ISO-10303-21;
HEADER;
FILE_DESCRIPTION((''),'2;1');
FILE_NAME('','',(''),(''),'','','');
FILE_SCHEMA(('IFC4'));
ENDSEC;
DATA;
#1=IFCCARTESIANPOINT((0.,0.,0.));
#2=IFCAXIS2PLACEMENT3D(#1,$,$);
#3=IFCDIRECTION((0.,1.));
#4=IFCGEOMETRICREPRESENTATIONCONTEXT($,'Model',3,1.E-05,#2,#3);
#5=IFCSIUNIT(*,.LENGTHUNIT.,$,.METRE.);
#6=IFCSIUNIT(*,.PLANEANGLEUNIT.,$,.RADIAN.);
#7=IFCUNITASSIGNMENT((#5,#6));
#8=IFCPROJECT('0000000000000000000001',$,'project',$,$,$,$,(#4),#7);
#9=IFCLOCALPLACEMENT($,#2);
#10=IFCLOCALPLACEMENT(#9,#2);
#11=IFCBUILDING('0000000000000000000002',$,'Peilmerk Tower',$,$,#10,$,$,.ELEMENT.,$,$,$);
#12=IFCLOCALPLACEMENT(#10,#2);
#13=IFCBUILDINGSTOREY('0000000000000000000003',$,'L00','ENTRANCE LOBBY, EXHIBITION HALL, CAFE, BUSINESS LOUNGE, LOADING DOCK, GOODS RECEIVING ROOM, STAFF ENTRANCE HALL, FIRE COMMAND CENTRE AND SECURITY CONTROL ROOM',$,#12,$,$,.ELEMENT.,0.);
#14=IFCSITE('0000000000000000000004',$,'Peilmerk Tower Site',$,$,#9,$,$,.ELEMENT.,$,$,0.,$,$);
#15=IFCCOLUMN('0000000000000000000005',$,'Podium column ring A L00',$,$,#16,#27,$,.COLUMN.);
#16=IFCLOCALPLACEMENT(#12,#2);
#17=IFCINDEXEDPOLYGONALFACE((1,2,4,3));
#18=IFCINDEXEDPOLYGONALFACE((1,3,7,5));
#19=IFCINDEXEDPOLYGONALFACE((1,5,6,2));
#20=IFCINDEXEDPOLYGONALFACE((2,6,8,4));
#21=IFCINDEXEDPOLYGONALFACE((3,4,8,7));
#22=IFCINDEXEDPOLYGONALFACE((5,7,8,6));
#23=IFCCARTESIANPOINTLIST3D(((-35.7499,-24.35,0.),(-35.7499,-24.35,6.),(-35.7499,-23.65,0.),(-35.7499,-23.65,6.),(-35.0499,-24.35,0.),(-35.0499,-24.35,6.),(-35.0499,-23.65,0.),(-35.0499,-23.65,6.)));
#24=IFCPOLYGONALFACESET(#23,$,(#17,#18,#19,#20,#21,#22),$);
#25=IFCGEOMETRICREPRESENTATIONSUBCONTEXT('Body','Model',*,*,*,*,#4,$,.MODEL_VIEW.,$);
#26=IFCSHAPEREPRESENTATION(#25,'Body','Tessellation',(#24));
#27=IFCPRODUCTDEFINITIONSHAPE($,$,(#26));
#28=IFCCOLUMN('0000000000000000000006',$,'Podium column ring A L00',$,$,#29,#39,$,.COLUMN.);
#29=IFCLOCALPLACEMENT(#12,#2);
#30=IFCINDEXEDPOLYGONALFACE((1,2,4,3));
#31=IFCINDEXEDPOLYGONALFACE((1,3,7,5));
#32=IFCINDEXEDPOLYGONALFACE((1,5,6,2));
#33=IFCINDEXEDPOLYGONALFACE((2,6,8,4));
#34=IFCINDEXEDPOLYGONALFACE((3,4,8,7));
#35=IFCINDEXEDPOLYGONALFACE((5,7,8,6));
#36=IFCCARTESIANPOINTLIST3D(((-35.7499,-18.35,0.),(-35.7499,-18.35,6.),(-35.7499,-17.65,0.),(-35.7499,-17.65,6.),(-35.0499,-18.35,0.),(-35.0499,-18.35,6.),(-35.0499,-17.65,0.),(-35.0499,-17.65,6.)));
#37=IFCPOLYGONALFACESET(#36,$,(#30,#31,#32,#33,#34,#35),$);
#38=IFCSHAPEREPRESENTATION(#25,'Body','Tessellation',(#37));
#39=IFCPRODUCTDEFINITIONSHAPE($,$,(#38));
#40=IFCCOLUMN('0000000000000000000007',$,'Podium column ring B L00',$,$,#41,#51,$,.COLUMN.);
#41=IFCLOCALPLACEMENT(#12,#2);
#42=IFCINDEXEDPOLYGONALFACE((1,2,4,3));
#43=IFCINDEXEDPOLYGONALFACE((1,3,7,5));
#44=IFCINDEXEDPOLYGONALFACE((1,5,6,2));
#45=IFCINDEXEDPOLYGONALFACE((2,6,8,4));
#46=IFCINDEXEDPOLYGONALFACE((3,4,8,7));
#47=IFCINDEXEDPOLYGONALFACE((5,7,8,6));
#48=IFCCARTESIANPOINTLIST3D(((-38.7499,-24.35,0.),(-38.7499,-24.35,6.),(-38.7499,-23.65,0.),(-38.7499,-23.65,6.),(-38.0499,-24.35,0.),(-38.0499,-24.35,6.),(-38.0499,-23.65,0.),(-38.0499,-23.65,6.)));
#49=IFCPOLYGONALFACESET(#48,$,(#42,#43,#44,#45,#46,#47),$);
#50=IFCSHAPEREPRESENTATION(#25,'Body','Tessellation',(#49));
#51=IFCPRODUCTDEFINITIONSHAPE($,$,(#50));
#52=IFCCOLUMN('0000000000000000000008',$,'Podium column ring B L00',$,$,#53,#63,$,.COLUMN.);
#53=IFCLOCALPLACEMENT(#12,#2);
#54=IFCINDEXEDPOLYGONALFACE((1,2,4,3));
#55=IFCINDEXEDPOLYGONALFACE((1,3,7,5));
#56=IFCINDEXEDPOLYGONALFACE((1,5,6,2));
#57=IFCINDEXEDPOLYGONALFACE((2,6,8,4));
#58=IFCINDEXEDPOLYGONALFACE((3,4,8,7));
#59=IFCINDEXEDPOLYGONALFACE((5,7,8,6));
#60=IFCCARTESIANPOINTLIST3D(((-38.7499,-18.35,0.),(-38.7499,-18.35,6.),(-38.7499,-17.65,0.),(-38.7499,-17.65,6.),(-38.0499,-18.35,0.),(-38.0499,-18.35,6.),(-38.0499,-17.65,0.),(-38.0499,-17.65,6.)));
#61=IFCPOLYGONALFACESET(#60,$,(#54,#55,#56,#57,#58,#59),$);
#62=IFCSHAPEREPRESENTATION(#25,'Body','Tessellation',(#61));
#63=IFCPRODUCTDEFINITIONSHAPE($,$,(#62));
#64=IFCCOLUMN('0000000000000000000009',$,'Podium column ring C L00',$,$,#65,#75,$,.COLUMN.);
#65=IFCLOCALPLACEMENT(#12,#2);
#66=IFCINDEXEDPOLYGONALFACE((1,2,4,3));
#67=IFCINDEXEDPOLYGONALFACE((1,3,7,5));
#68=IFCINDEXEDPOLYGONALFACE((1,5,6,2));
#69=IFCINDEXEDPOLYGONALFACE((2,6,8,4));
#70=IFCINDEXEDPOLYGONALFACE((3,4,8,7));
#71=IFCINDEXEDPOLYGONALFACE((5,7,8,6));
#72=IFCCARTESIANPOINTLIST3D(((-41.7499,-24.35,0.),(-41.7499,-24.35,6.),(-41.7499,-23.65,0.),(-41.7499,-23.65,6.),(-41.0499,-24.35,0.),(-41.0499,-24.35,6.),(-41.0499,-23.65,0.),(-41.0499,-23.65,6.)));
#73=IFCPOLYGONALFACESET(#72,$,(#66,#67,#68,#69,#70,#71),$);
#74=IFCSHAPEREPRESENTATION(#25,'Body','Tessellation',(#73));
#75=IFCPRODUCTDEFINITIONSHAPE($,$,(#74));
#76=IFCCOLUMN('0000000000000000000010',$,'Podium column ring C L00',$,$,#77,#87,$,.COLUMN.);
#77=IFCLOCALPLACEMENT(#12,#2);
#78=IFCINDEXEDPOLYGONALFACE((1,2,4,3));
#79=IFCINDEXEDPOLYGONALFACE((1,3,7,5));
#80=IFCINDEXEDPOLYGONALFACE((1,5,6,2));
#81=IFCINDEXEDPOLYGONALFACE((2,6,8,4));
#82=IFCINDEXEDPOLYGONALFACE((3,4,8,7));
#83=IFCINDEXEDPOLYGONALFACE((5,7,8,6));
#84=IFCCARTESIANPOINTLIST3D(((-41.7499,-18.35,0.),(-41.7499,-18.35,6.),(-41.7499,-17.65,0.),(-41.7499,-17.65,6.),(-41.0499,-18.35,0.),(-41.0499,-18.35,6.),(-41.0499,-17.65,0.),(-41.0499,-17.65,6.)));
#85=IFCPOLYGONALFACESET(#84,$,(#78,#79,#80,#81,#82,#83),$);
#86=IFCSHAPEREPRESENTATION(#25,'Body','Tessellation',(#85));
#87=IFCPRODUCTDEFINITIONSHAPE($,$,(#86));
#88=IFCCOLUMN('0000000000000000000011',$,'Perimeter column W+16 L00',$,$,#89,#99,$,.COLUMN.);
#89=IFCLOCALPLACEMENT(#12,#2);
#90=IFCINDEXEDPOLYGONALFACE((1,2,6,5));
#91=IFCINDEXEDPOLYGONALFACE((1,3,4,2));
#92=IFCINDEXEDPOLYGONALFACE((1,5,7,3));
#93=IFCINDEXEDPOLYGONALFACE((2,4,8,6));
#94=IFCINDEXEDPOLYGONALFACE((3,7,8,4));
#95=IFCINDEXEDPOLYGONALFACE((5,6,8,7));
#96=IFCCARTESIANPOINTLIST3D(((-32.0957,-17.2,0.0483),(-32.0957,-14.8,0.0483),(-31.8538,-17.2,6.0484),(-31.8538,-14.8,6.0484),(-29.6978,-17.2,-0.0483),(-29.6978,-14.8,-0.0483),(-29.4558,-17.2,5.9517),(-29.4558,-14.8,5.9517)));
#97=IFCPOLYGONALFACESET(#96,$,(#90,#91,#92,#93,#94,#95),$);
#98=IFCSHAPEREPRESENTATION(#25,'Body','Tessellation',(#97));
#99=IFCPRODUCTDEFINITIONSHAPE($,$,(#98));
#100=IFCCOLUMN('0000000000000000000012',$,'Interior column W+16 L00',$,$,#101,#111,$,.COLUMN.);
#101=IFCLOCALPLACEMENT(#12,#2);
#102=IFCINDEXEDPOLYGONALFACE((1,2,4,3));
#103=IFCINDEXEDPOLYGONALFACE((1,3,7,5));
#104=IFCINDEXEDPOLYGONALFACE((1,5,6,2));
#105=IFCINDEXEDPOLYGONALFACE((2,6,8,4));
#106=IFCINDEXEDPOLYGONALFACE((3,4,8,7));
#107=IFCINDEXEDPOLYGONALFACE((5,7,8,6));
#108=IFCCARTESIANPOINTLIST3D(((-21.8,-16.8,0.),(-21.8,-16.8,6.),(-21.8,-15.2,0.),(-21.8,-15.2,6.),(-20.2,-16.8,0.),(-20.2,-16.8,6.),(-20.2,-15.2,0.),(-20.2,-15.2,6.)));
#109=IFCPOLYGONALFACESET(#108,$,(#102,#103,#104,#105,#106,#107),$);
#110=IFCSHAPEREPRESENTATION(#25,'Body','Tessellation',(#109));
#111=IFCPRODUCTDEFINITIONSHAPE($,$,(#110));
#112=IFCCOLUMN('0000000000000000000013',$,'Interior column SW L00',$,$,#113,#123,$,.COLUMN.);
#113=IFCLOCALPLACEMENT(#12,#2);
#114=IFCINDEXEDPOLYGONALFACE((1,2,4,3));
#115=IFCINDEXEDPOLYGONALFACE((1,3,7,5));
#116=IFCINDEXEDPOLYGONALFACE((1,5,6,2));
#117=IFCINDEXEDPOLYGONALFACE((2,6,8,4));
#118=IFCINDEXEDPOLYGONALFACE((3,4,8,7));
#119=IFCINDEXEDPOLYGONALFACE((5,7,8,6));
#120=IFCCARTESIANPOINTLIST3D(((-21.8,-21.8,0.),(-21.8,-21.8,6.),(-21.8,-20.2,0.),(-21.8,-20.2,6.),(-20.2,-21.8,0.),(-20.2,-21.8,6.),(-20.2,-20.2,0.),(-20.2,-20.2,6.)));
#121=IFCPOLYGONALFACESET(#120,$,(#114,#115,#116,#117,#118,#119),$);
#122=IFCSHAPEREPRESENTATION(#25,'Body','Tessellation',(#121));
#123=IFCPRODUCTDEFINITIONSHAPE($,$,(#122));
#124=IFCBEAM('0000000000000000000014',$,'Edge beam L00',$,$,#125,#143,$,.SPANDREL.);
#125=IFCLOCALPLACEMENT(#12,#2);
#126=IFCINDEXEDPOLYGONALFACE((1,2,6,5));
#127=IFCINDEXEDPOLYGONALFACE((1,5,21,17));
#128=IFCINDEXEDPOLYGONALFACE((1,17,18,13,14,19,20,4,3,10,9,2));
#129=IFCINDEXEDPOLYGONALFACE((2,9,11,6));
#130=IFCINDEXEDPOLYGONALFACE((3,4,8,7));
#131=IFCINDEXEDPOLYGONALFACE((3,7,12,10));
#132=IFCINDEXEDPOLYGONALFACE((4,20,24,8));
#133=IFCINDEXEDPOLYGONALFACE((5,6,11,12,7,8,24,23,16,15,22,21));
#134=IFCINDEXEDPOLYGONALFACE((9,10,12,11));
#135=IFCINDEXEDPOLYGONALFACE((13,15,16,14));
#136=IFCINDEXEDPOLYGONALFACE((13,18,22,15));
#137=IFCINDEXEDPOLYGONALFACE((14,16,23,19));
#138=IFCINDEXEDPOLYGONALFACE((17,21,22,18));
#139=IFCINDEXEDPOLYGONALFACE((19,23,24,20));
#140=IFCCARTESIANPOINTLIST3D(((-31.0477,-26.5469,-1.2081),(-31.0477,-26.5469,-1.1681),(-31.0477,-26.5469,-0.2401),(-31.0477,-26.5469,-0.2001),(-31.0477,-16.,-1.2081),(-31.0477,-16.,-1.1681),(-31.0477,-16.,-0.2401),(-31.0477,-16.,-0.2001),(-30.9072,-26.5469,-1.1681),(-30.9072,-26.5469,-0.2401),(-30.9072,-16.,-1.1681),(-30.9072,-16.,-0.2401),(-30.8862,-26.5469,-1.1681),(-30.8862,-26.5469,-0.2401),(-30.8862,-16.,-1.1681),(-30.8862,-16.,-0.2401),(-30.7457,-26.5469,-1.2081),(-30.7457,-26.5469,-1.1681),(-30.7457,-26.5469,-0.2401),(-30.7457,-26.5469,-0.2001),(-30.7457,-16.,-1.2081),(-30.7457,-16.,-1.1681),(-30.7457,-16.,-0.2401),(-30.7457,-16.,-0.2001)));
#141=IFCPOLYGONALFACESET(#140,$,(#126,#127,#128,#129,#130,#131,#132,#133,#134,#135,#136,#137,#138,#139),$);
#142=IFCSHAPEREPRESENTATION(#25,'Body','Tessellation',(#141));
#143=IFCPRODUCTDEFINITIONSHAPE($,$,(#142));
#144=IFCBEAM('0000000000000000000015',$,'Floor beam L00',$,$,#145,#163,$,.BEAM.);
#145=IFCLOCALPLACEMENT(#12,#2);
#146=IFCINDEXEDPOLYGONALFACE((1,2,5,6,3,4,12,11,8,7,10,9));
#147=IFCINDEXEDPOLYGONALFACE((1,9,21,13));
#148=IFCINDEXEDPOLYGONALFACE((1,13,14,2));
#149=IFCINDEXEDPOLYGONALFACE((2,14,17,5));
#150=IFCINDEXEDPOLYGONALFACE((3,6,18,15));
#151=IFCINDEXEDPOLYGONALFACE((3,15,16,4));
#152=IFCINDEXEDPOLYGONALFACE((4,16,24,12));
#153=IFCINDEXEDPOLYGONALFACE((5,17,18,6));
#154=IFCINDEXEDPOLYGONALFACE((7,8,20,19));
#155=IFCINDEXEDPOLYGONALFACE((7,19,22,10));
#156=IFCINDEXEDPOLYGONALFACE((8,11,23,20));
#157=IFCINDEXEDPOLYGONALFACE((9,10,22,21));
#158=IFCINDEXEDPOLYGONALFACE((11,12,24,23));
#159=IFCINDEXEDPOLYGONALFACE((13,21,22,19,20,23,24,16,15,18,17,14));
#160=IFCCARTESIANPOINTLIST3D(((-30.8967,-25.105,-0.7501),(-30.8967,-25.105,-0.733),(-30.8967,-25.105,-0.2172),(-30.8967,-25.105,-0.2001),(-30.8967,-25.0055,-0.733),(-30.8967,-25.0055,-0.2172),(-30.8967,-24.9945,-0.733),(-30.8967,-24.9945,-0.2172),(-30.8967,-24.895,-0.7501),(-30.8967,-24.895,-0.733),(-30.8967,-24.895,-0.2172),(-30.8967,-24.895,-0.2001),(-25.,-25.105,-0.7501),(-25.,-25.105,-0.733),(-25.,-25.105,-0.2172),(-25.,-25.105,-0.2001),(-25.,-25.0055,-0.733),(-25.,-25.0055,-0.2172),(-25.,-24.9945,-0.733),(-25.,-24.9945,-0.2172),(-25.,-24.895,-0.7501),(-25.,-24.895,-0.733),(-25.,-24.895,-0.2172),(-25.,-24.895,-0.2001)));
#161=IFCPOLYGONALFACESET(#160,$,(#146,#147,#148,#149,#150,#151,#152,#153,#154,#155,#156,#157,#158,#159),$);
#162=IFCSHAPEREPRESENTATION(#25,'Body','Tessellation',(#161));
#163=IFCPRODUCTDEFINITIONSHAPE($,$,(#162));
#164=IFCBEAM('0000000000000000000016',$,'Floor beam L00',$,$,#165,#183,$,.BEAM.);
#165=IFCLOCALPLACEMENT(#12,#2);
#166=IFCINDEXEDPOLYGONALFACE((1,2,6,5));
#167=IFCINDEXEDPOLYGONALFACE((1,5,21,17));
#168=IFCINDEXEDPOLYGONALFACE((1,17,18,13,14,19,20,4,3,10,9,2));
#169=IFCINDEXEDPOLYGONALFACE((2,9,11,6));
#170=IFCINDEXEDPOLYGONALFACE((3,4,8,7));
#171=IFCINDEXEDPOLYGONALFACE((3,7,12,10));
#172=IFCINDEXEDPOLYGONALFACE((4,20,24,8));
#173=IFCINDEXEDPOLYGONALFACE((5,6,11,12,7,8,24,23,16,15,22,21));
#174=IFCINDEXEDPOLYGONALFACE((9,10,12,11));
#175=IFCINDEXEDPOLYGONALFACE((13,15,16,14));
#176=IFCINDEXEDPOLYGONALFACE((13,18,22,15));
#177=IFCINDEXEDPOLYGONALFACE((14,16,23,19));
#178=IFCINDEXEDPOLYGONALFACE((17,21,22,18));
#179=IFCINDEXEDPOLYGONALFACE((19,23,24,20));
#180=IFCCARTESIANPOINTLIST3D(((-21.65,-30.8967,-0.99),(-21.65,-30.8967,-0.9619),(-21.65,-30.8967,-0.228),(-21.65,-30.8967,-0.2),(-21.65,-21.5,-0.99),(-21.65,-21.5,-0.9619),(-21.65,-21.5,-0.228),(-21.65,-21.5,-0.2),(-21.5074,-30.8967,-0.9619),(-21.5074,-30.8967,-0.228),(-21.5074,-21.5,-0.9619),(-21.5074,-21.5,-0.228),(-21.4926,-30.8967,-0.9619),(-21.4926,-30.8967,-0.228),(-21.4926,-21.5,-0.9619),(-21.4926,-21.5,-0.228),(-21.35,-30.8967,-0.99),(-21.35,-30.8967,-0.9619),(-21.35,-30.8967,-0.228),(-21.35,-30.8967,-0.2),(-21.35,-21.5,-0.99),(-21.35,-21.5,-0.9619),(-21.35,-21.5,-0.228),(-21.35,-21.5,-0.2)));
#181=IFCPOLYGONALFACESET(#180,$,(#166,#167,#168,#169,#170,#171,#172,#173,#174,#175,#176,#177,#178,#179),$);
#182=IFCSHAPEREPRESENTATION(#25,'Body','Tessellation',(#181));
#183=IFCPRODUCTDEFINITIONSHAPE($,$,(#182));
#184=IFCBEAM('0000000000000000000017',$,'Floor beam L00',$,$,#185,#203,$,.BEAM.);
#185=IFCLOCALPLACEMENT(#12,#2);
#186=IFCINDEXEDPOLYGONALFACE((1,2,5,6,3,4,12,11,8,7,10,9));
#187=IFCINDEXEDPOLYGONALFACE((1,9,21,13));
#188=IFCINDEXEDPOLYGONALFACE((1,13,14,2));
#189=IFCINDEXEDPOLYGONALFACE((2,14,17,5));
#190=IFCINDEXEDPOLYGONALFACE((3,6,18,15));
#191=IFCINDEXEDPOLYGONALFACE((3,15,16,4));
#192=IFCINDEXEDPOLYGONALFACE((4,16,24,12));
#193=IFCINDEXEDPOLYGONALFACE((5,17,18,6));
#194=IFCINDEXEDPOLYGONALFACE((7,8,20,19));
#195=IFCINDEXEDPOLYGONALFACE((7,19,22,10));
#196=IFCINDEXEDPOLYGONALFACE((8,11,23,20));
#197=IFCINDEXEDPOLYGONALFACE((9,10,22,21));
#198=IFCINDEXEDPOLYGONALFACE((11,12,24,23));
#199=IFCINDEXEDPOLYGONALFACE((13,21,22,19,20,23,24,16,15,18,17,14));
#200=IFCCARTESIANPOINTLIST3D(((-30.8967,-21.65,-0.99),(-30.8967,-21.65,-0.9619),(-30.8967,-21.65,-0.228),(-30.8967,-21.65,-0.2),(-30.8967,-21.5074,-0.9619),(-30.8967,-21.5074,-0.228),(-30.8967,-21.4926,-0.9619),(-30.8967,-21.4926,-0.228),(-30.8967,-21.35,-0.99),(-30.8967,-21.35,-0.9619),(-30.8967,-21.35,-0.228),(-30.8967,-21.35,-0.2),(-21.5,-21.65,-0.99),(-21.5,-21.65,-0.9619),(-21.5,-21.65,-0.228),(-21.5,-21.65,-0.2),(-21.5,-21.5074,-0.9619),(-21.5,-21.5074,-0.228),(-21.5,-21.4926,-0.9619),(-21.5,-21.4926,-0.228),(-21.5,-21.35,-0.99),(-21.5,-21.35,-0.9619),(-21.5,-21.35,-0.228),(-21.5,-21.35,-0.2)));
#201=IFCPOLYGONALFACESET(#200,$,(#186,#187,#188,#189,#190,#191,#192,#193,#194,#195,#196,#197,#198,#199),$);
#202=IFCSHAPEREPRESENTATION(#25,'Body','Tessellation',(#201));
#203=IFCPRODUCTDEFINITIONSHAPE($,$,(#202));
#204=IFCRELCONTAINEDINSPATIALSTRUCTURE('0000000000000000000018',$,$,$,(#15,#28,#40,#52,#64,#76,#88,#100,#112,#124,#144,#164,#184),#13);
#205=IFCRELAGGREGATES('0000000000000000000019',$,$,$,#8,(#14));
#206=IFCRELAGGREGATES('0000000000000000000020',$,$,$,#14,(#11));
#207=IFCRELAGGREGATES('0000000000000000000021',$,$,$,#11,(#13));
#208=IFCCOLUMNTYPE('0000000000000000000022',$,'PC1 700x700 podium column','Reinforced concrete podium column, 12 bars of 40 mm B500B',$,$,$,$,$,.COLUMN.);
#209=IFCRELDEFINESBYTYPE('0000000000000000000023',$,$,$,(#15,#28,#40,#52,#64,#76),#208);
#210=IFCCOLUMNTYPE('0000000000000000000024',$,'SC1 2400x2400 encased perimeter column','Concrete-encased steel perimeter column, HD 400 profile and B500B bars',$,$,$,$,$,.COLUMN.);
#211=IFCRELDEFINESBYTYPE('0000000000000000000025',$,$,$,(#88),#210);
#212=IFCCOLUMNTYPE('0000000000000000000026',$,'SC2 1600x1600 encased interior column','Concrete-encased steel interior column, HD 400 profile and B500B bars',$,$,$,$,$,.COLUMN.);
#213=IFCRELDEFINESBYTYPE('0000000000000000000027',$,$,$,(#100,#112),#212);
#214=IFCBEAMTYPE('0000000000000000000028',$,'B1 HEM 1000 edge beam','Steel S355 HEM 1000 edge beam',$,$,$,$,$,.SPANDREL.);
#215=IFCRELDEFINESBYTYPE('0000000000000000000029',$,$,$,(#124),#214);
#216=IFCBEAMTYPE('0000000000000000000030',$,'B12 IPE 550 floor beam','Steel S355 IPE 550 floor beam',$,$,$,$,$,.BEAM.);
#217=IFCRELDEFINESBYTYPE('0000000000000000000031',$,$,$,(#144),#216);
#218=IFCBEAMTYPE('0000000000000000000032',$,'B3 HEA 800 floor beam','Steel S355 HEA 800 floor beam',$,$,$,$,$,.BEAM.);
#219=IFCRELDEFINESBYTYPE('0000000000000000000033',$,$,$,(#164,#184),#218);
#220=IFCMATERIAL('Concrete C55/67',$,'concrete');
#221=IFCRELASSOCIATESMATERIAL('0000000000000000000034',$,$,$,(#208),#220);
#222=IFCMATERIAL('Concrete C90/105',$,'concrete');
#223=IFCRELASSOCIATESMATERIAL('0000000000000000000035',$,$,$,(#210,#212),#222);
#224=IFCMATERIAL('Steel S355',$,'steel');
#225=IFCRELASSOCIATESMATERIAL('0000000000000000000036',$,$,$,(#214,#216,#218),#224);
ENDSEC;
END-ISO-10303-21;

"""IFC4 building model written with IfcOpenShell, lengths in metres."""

from ifc_helpers import new_model, si_unit, direction, frame, origin, origin_2d, place, context, subcontext, project, spatial, rectangle, i_section, extrude, material, material_profile, profile_set, type_object, element, save


model = new_model("IFC4")

# Units and contexts
model_context = context("Model", 3, precision=1e-05, world=origin(), true_north=direction((0.0, 1.0)))
body_context = subcontext(model_context, "Body", "Model", "MODEL_VIEW")
ifc_project = project(units=[si_unit("LENGTHUNIT", "METRE"), si_unit("PLANEANGLEUNIT", "RADIAN")], contexts=[model_context])

# Site, building, storey
site_placement = place(None, origin())
site = spatial("IfcSite", under=ifc_project, at=site_placement, Name="Peilmerk Tower Site", CompositionType="ELEMENT", RefElevation=0.0)
building_placement = place(site_placement, origin())
building = spatial("IfcBuilding", under=site, at=building_placement, Name="Peilmerk Tower", CompositionType="ELEMENT")
storey_placement = place(building_placement, origin())
storey = spatial("IfcBuildingStorey", under=building, at=storey_placement, Name="L00", Description="ENTRANCE LOBBY, EXHIBITION HALL, CAFE, BUSINESS LOUNGE, LOADING DOCK, GOODS RECEIVING ROOM, STAFF ENTRANCE HALL, FIRE COMMAND CENTRE AND SECURITY CONTROL ROOM", CompositionType="ELEMENT", Elevation=0.0)

# Columns
ifc_material_1 = material(Name="Concrete C55/67", Category="concrete")
ifc_material_profile_1 = material_profile(ifc_material_1, rectangle(XDim=0.7, YDim=0.7, at=origin_2d()), Name="RC 700x700")
ifc_profile_set_1 = profile_set([ifc_material_profile_1], Name="Concrete C55/67")
column_type_1 = type_object("IfcColumnType", Name="PC1 700x700 podium column", Description="Reinforced concrete podium column, 12 bars of 40 mm B500B", PredefinedType="COLUMN", material=ifc_profile_set_1)
for number, where, z_axis, x_axis, name in (
    (1, (-35.3999, -24.0, 0.0), (0.0, 0.0, 1.0), (1.0, 0.0, 0.0), "Podium column ring A L00"),
    (2, (-35.3999, -18.0, 0.0), (0.0, 0.0, 1.0), (1.0, 0.0, 0.0), "Podium column ring A L00"),
    (3, (-38.3999, -24.0, 0.0), (0.0, 0.0, 1.0), (1.0, 0.0, 0.0), "Podium column ring B L00"),
    (4, (-38.3999, -18.0, 0.0), (0.0, 0.0, 1.0), (1.0, 0.0, 0.0), "Podium column ring B L00"),
    (5, (-41.3999, -24.0, 0.0), (0.0, 0.0, 1.0), (1.0, 0.0, 0.0), "Podium column ring C L00"),
    (6, (-41.3999, -18.0, 0.0), (0.0, 0.0, 1.0), (1.0, 0.0, 0.0), "Podium column ring C L00"),
):
    element("IfcColumn", number, at=place(storey_placement, frame(where, z_axis=z_axis, x_axis=x_axis)), inside=storey, type_object=column_type_1, Name=name, PredefinedType="COLUMN", context=body_context, shape_type="SweptSolid", body=[
        extrude(rectangle(XDim=0.7, YDim=0.7, at=origin_2d()), origin(), (0.0, 0.0, 1.0), 6.0),
    ])
ifc_material_2 = material(Name="Concrete C90/105", Category="concrete")
ifc_material_profile_2 = material_profile(ifc_material_2, rectangle(XDim=2.3999, YDim=2.3999, at=origin_2d()), Name="RC 2400x2400")
ifc_profile_set_2 = profile_set([ifc_material_profile_2], Name="Concrete C90/105")
column_type_2 = type_object("IfcColumnType", Name="SC1 2400x2400 encased perimeter column", Description="Concrete-encased steel perimeter column, HD 400 profile and B500B bars", PredefinedType="COLUMN", material=ifc_profile_set_2)
column_placement = place(storey_placement, frame((-30.8967, -16.0, 0.0), z_axis=(0.040291, 0.0, 0.999188), x_axis=(0.0, 1.0, 0.0)))
element("IfcColumn", 7, at=column_placement, inside=storey, type_object=column_type_2, Name="Perimeter column W+16 L00", PredefinedType="COLUMN", context=body_context, shape_type="SweptSolid", body=[
    extrude(rectangle(XDim=2.3999, YDim=2.3999, at=origin_2d()), origin(), (0.0, 0.0, 1.0), 6.0049),
])
ifc_material_profile_3 = material_profile(ifc_material_2, rectangle(XDim=1.6001, YDim=1.6001, at=origin_2d()), Name="RC 1600x1600")
ifc_profile_set_3 = profile_set([ifc_material_profile_3], Name="Concrete C90/105")
column_type_3 = type_object("IfcColumnType", Name="SC2 1600x1600 encased interior column", Description="Concrete-encased steel interior column, HD 400 profile and B500B bars", PredefinedType="COLUMN", material=ifc_profile_set_3)
for number, where, z_axis, x_axis, name in (
    (8, (-21.0, -16.0, 0.0), (0.0, 0.0, 1.0), (1.0, 0.0, 0.0), "Interior column W+16 L00"),
    (9, (-21.0, -21.0, 0.0), (0.0, 0.0, 1.0), (1.0, 0.0, 0.0), "Interior column SW L00"),
):
    element("IfcColumn", number, at=place(storey_placement, frame(where, z_axis=z_axis, x_axis=x_axis)), inside=storey, type_object=column_type_3, Name=name, PredefinedType="COLUMN", context=body_context, shape_type="SweptSolid", body=[
        extrude(rectangle(XDim=1.6001, YDim=1.6001, at=origin_2d()), origin(), (0.0, 0.0, 1.0), 6.0),
    ])

# Beams
ifc_material_3 = material(Name="Steel S355", Category="steel")
ifc_material_profile_4 = material_profile(ifc_material_3, i_section(OverallWidth=0.302, OverallDepth=1.0081, WebThickness=0.021, FlangeThickness=0.04, at=origin_2d()), Name="HEM 1000")
ifc_profile_set_4 = profile_set([ifc_material_profile_4], Name="Steel S355")
beam_type_1 = type_object("IfcBeamType", Name="B1 HEM 1000 edge beam", Description="Steel S355 HEM 1000 edge beam", PredefinedType="SPANDREL", material=ifc_profile_set_4)
beam_1_placement = place(storey_placement, frame((-30.8967, -16.0, -0.7041), z_axis=(0.0, -1.0, 0.0), x_axis=(1.0, 0.0, 0.0)))
element("IfcBeam", 10, at=beam_1_placement, inside=storey, type_object=beam_type_1, Name="Edge beam L00", PredefinedType="SPANDREL", context=body_context, shape_type="SweptSolid", body=[
    extrude(i_section(OverallWidth=0.302, OverallDepth=1.0081, WebThickness=0.021, FlangeThickness=0.04, at=origin_2d()), origin(), (0.0, 0.0, 1.0), 10.5469),
])
ifc_material_profile_5 = material_profile(ifc_material_3, i_section(OverallWidth=0.21, OverallDepth=0.55, WebThickness=0.011, FlangeThickness=0.0171, at=origin_2d()), Name="IPE 550")
ifc_profile_set_5 = profile_set([ifc_material_profile_5], Name="Steel S355")
beam_type_2 = type_object("IfcBeamType", Name="B12 IPE 550 floor beam", Description="Steel S355 IPE 550 floor beam", PredefinedType="BEAM", material=ifc_profile_set_5)
beam_2_placement = place(storey_placement, frame((-25.0, -25.0, -0.4751), z_axis=(-1.0, 0.0, 0.0), x_axis=(0.0, -1.0, 0.0)))
element("IfcBeam", 11, at=beam_2_placement, inside=storey, type_object=beam_type_2, Name="Floor beam L00", PredefinedType="BEAM", context=body_context, shape_type="SweptSolid", body=[
    extrude(i_section(OverallWidth=0.21, OverallDepth=0.55, WebThickness=0.011, FlangeThickness=0.0171, at=origin_2d()), origin(), (0.0, 0.0, 1.0), 5.8967),
])
ifc_material_profile_6 = material_profile(ifc_material_3, i_section(OverallWidth=0.3, OverallDepth=0.79, WebThickness=0.0149, FlangeThickness=0.0281, at=origin_2d()), Name="HEA 800")
ifc_profile_set_6 = profile_set([ifc_material_profile_6], Name="Steel S355")
beam_type_3 = type_object("IfcBeamType", Name="B3 HEA 800 floor beam", Description="Steel S355 HEA 800 floor beam", PredefinedType="BEAM", material=ifc_profile_set_6)
for number, where, z_axis, x_axis, name in (
    (12, (-21.5, -21.5, -0.595), (0.0, -1.0, 0.0), (1.0, 0.0, 0.0), "Floor beam L00"),
    (13, (-21.5, -21.5, -0.595), (-1.0, 0.0, 0.0), (0.0, -1.0, 0.0), "Floor beam L00"),
):
    element("IfcBeam", number, at=place(storey_placement, frame(where, z_axis=z_axis, x_axis=x_axis)), inside=storey, type_object=beam_type_3, Name=name, PredefinedType="BEAM", context=body_context, shape_type="SweptSolid", body=[
        extrude(i_section(OverallWidth=0.3, OverallDepth=0.79, WebThickness=0.0149, FlangeThickness=0.0281, at=origin_2d()), origin(), (0.0, 0.0, 1.0), 9.3967),
    ])

save(model, "model.ifc")
